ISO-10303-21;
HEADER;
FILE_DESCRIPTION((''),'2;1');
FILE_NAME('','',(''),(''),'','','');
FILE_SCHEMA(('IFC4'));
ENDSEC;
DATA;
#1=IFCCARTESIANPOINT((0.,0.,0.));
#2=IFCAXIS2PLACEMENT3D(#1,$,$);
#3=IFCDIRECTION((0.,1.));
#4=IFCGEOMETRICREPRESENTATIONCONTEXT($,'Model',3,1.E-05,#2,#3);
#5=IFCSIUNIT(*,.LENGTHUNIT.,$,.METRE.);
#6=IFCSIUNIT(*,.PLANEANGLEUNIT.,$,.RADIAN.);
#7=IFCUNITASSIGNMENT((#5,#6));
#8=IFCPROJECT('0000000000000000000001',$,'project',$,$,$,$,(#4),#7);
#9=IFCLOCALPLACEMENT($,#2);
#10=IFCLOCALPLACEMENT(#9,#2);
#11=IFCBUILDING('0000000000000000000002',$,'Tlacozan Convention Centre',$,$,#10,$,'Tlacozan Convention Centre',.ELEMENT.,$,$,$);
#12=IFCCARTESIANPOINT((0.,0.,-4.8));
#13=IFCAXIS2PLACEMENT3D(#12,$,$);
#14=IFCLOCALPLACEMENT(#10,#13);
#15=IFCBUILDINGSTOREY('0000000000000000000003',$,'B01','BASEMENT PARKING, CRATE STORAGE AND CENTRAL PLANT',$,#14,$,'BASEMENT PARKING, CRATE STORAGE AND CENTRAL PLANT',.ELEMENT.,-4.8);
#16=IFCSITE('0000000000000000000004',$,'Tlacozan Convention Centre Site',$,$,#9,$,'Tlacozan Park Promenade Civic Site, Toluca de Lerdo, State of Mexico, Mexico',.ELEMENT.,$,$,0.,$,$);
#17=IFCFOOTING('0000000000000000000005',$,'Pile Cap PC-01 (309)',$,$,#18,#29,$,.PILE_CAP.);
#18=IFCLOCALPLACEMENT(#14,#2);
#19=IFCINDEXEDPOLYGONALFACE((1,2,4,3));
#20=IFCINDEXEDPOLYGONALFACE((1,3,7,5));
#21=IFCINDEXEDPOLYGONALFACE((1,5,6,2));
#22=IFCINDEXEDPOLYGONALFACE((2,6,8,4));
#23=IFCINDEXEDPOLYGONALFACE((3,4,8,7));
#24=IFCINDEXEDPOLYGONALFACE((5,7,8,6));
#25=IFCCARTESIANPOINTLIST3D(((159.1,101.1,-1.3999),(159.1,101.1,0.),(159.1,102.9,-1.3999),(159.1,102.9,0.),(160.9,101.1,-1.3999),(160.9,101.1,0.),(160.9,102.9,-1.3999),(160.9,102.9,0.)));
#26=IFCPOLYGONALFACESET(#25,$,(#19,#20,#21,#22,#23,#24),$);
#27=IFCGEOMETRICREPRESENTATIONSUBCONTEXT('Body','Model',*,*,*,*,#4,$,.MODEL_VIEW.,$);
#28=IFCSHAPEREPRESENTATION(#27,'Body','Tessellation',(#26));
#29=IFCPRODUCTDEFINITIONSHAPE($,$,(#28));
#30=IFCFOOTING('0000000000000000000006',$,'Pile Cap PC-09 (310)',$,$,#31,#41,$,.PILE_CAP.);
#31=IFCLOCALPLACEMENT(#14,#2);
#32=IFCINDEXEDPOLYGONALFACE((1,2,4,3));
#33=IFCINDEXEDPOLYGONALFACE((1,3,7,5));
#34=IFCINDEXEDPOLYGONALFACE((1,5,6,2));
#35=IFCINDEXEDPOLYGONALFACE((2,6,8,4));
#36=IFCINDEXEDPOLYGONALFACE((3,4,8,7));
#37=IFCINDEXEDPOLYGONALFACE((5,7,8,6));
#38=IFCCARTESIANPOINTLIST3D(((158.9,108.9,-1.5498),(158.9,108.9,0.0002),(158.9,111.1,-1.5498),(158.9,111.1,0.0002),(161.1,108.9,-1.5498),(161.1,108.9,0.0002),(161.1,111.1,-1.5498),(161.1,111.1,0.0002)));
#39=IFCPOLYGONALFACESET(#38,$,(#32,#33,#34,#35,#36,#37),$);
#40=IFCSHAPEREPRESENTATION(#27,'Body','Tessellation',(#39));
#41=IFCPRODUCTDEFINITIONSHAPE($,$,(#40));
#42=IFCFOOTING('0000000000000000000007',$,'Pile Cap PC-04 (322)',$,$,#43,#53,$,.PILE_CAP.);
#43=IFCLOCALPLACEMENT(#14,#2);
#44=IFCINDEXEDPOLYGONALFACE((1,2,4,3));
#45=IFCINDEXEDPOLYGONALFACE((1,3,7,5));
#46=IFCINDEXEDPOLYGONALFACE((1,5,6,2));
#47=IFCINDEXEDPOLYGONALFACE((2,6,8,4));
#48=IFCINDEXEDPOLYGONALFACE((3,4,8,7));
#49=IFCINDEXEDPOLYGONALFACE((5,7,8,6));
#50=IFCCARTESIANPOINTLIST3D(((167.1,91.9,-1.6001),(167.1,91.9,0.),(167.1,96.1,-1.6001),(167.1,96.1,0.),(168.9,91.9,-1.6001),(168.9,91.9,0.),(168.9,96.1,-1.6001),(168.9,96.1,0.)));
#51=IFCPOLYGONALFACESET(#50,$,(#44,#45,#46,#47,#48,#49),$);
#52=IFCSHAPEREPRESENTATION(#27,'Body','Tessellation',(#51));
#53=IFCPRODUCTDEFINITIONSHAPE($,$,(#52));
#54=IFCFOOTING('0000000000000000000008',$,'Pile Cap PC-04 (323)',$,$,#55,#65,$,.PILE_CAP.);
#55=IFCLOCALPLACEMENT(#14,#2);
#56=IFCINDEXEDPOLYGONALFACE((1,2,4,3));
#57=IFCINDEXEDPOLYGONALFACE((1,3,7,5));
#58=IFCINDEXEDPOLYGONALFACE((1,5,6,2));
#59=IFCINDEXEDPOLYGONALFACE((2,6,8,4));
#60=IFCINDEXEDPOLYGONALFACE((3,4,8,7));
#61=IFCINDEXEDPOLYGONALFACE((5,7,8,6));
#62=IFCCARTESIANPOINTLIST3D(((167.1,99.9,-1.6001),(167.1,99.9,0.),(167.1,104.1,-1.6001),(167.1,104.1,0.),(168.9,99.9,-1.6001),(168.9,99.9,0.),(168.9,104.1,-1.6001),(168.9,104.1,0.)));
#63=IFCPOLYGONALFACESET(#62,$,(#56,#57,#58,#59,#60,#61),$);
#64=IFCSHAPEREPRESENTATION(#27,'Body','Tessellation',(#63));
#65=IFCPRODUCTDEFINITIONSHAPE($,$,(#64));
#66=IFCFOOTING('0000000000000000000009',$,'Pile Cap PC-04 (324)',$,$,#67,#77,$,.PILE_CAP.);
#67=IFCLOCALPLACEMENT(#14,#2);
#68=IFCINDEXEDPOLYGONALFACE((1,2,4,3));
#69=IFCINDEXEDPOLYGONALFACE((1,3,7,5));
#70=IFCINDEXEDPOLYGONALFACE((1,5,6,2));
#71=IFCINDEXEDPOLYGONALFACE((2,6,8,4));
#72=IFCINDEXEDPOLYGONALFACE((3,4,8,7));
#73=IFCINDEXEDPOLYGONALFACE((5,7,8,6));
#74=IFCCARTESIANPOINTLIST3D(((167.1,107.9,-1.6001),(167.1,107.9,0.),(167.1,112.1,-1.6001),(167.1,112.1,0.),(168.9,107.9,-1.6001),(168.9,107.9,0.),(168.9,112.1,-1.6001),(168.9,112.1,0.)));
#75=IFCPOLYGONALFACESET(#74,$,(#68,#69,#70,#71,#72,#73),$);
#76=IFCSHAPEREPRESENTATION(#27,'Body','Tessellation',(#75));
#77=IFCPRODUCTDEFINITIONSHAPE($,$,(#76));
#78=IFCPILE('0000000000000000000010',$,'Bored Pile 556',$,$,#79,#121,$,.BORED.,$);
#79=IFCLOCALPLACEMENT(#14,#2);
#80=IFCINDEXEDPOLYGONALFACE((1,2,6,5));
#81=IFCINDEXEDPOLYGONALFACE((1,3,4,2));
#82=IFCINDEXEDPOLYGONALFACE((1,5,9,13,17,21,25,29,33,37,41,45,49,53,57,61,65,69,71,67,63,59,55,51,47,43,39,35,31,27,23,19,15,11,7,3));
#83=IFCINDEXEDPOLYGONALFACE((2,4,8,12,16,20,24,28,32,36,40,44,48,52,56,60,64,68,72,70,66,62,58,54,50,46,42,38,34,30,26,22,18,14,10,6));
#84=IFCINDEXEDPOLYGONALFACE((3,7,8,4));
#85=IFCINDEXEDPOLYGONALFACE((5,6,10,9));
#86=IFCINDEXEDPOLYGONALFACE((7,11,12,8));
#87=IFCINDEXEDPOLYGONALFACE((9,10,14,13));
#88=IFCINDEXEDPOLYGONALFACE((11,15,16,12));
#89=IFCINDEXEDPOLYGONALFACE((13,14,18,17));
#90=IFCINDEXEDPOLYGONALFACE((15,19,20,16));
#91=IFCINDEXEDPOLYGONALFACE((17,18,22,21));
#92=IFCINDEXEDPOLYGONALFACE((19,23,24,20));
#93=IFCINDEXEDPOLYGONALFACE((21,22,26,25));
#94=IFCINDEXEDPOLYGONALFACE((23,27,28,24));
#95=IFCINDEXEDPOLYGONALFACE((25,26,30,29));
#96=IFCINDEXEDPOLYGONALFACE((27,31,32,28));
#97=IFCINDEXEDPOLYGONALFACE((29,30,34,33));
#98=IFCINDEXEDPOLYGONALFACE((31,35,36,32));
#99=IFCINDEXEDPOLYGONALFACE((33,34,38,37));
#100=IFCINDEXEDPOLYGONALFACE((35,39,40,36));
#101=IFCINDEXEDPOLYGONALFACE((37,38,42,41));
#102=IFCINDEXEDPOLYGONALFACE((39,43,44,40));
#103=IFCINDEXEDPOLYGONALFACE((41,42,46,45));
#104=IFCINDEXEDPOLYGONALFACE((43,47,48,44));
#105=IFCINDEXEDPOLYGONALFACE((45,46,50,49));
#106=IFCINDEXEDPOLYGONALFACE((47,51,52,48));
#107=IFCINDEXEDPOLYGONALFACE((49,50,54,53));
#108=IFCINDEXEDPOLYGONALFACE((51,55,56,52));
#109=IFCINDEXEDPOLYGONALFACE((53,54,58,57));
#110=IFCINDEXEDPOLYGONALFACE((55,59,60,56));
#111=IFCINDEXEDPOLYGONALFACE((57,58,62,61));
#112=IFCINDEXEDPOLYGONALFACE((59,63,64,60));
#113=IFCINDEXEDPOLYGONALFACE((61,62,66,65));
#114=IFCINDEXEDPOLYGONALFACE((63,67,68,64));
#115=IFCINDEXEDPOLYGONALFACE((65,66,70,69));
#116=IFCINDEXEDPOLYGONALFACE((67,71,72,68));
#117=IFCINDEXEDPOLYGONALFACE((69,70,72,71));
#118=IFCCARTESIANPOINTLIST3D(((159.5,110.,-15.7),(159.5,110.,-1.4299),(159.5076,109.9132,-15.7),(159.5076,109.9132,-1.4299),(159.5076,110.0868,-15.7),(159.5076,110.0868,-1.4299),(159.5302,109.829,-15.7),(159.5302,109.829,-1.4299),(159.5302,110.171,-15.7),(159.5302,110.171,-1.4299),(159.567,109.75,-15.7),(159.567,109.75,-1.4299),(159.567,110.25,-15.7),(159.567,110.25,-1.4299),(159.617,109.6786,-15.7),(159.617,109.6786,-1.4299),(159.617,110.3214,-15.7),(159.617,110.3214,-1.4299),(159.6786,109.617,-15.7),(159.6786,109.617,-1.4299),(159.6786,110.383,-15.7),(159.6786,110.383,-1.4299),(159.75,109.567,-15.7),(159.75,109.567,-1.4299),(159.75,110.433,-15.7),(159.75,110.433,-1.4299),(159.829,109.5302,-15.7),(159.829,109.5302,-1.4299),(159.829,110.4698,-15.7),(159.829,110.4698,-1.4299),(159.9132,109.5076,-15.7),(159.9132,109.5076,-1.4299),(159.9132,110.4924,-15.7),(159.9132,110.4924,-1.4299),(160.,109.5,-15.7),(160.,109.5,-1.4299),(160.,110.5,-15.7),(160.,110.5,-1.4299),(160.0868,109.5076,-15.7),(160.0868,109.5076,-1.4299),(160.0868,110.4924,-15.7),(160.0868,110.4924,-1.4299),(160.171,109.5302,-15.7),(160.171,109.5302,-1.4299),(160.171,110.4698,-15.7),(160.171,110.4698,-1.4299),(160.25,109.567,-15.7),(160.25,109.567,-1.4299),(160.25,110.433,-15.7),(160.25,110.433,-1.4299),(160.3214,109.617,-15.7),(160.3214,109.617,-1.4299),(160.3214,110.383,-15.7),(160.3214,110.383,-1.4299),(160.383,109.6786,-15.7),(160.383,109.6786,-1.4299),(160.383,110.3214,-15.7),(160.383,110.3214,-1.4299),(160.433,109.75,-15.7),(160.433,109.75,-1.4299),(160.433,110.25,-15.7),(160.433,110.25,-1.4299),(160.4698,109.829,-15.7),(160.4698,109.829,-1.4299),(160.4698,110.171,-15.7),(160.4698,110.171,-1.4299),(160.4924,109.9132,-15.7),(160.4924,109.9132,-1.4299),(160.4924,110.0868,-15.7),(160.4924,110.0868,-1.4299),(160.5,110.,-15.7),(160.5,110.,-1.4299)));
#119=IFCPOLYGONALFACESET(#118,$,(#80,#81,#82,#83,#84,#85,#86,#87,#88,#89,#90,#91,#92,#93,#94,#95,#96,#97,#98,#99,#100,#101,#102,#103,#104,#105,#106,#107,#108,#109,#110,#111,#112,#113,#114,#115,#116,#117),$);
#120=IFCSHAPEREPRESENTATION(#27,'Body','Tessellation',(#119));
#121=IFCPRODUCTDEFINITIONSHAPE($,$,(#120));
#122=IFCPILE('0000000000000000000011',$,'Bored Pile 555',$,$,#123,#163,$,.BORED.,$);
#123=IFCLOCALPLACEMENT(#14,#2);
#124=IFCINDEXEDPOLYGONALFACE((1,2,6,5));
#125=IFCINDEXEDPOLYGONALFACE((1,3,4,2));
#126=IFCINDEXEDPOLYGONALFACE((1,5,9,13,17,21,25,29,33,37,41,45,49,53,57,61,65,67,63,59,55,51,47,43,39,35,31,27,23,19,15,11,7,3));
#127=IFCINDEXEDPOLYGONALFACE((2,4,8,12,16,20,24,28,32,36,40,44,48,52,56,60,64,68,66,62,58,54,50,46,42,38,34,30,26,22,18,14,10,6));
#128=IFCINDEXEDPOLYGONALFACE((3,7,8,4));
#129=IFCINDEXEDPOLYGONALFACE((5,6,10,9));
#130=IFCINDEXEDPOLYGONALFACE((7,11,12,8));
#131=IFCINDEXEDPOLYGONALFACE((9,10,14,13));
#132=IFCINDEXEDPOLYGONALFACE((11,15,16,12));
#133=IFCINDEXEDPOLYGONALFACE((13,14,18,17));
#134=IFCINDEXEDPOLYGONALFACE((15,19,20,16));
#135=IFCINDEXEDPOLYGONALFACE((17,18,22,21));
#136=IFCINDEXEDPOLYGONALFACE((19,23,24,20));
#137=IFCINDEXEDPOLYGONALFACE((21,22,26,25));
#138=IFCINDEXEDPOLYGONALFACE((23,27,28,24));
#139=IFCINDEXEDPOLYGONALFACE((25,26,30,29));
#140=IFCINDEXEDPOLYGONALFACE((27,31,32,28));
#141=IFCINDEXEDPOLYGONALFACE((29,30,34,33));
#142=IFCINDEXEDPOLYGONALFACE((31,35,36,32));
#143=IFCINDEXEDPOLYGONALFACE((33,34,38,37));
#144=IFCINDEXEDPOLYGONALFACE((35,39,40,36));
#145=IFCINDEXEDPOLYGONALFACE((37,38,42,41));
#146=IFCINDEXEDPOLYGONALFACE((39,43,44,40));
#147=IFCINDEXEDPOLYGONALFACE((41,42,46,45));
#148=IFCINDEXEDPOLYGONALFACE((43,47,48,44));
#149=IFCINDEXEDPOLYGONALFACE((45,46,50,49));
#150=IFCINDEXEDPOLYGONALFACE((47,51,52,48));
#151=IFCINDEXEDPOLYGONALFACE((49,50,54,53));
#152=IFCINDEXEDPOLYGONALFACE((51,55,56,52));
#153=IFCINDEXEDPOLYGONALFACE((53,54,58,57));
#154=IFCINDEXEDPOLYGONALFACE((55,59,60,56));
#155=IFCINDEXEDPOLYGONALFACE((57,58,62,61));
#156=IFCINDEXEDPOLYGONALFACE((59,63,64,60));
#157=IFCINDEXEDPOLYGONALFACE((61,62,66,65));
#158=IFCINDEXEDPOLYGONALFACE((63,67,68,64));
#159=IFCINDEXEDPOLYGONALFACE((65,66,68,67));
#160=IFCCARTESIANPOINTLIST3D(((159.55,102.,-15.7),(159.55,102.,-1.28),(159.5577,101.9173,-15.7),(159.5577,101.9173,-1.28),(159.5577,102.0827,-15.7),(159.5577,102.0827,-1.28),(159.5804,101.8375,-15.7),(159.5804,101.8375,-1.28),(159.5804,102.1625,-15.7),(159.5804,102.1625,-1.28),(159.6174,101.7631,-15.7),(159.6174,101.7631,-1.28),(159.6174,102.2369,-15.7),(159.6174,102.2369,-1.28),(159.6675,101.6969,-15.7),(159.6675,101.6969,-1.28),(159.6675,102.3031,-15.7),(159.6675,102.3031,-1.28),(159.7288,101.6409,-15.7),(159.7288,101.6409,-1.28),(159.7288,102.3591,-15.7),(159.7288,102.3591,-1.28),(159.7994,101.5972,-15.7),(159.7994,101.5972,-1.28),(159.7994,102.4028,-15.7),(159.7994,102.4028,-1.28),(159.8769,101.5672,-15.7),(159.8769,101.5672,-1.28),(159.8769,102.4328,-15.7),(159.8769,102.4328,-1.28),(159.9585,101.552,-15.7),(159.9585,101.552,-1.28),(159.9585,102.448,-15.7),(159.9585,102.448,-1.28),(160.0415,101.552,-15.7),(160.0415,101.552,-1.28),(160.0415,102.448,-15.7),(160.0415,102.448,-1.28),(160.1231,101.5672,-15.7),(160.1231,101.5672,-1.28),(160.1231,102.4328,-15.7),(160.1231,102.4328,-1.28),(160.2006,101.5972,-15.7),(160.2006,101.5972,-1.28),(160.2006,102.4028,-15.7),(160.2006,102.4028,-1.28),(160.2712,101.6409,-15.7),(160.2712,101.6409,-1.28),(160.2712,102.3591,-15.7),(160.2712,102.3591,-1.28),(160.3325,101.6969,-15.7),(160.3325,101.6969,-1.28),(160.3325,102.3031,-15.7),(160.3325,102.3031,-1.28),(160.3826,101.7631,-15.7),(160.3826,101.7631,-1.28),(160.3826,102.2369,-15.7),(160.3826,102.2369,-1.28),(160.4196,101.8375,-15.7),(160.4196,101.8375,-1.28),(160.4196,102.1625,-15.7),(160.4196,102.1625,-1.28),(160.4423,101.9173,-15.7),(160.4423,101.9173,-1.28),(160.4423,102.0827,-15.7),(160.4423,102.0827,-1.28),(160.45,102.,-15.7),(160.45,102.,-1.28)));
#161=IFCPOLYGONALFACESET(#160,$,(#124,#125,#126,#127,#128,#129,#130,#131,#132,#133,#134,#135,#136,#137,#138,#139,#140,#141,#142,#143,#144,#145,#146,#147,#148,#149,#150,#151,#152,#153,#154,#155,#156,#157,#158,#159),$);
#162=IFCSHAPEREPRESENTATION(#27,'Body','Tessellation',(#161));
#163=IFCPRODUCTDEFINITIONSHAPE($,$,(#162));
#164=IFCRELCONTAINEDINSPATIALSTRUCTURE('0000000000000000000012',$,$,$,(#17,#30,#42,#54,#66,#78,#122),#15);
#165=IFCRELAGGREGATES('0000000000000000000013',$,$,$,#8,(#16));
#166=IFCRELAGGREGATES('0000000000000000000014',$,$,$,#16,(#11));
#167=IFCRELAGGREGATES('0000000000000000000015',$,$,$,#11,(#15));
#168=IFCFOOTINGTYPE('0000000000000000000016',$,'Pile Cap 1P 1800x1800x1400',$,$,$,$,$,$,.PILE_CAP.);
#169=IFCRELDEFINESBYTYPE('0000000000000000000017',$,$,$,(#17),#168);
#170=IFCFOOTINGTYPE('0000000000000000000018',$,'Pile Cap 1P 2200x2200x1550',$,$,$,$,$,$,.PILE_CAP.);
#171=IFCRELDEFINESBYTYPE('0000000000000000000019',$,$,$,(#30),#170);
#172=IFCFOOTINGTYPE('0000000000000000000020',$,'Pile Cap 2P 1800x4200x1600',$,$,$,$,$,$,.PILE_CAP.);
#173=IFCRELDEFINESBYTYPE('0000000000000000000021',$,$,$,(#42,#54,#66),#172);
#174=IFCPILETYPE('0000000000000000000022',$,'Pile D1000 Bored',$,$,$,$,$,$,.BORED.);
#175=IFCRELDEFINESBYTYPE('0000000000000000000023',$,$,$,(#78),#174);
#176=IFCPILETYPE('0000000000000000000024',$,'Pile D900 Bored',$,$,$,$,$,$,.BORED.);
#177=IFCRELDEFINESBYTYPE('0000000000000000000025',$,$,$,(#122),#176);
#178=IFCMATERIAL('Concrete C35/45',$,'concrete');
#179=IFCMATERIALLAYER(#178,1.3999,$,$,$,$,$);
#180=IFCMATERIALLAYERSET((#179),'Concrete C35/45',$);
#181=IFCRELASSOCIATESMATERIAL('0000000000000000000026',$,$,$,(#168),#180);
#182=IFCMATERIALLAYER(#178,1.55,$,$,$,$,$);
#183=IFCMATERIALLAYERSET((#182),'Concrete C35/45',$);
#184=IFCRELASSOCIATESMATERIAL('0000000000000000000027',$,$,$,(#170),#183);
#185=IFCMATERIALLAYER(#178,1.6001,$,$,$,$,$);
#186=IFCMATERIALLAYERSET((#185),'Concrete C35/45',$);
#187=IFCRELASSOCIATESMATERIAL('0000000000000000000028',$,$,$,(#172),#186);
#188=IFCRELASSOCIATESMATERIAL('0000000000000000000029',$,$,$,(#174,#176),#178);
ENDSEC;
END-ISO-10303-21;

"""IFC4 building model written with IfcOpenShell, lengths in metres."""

from ifc_helpers import new_model, si_unit, direction, frame, origin, origin_2d, place, context, subcontext, project, spatial, rectangle, circle, extrude, material, layer, layer_set, material_profile, profile_set, type_object, element, save


model = new_model("IFC4")

# Units and contexts
model_context = context("Model", 3, precision=1e-05, world=origin(), true_north=direction((0.0, 1.0)))
body_context = subcontext(model_context, "Body", "Model", "MODEL_VIEW")
ifc_project = project(units=[si_unit("LENGTHUNIT", "METRE"), si_unit("PLANEANGLEUNIT", "RADIAN")], contexts=[model_context])

# Site, building, storey
site_placement = place(None, origin())
site = spatial("IfcSite", under=ifc_project, at=site_placement, Name="Tlacozan Convention Centre Site", LongName="Tlacozan Park Promenade Civic Site, Toluca de Lerdo, State of Mexico, Mexico", CompositionType="ELEMENT", RefElevation=0.0)
building_placement = place(site_placement, origin())
building = spatial("IfcBuilding", under=site, at=building_placement, Name="Tlacozan Convention Centre", LongName="Tlacozan Convention Centre", CompositionType="ELEMENT")
storey_placement = place(building_placement, frame((0.0, 0.0, -4.8)))
storey = spatial("IfcBuildingStorey", under=building, at=storey_placement, Name="B01", Description="BASEMENT PARKING, CRATE STORAGE AND CENTRAL PLANT", LongName="BASEMENT PARKING, CRATE STORAGE AND CENTRAL PLANT", CompositionType="ELEMENT", Elevation=-4.8)

# Footings
ifc_material_1 = material(Name="Concrete C35/45", Category="concrete")
ifc_layer_1 = layer(ifc_material_1, 1.3999)
ifc_layer_set_1 = layer_set([ifc_layer_1], Name="Concrete C35/45")
footing_type_1 = type_object("IfcFootingType", Name="Pile Cap 1P 1800x1800x1400", PredefinedType="PILE_CAP", material=ifc_layer_set_1)
footing_1_placement = place(storey_placement, frame((160.0, 102.0, -1.3999), z_axis=(0.0, 0.0, 1.0), x_axis=(1.0, 0.0, 0.0)))
element("IfcFooting", 1, at=footing_1_placement, inside=storey, type_object=footing_type_1, Name="Pile Cap PC-01 (309)", PredefinedType="PILE_CAP", context=body_context, shape_type="SweptSolid", body=[
    extrude(rectangle(XDim=1.8, YDim=1.8, at=origin_2d()), origin(), (0.0, 0.0, 1.0), 1.3999),
])
ifc_layer_2 = layer(ifc_material_1, 1.55)
ifc_layer_set_2 = layer_set([ifc_layer_2], Name="Concrete C35/45")
footing_type_2 = type_object("IfcFootingType", Name="Pile Cap 1P 2200x2200x1550", PredefinedType="PILE_CAP", material=ifc_layer_set_2)
footing_2_placement = place(storey_placement, frame((160.0, 110.0, -1.5498), z_axis=(0.0, 0.0, 1.0), x_axis=(1.0, 0.0, 0.0)))
element("IfcFooting", 2, at=footing_2_placement, inside=storey, type_object=footing_type_2, Name="Pile Cap PC-09 (310)", PredefinedType="PILE_CAP", context=body_context, shape_type="SweptSolid", body=[
    extrude(rectangle(XDim=2.2, YDim=2.2, at=origin_2d()), origin(), (0.0, 0.0, 1.0), 1.55),
])
ifc_layer_3 = layer(ifc_material_1, 1.6001)
ifc_layer_set_3 = layer_set([ifc_layer_3], Name="Concrete C35/45")
footing_type_3 = type_object("IfcFootingType", Name="Pile Cap 2P 1800x4200x1600", PredefinedType="PILE_CAP", material=ifc_layer_set_3)
for number, where, z_axis, x_axis, name in (
    (3, (168.0, 94.0, -1.6001), (0.0, 0.0, 1.0), (1.0, 0.0, 0.0), "Pile Cap PC-04 (322)"),
    (4, (168.0, 102.0, -1.6001), (0.0, 0.0, 1.0), (1.0, 0.0, 0.0), "Pile Cap PC-04 (323)"),
    (5, (168.0, 110.0, -1.6001), (0.0, 0.0, 1.0), (1.0, 0.0, 0.0), "Pile Cap PC-04 (324)"),
):
    element("IfcFooting", number, at=place(storey_placement, frame(where, z_axis=z_axis, x_axis=x_axis)), inside=storey, type_object=footing_type_3, Name=name, PredefinedType="PILE_CAP", context=body_context, shape_type="SweptSolid", body=[
        extrude(rectangle(XDim=1.8, YDim=4.2, at=origin_2d()), origin(), (0.0, 0.0, 1.0), 1.6001),
    ])

# Piles
ifc_material_profile_1 = material_profile(ifc_material_1, circle(Radius=0.5, at=origin_2d()), Name="PILE D1000")
ifc_profile_set_1 = profile_set([ifc_material_profile_1], Name="Concrete C35/45")
pile_type_1 = type_object("IfcPileType", Name="Pile D1000 Bored", PredefinedType="BORED", material=ifc_profile_set_1)
pile_1_placement = place(storey_placement, frame((160.0, 110.0, -1.4299), z_axis=(0.0, 0.0, -1.0), x_axis=(1.0, 0.0, 0.0)))
element("IfcPile", 6, at=pile_1_placement, inside=storey, type_object=pile_type_1, Name="Bored Pile 556", PredefinedType="BORED", context=body_context, shape_type="SweptSolid", body=[
    extrude(circle(Radius=0.5, at=origin_2d()), origin(), (0.0, 0.0, 1.0), 14.27),
])
ifc_material_profile_2 = material_profile(ifc_material_1, circle(Radius=0.45, at=origin_2d()), Name="PILE D900")
ifc_profile_set_2 = profile_set([ifc_material_profile_2], Name="Concrete C35/45")
pile_type_2 = type_object("IfcPileType", Name="Pile D900 Bored", PredefinedType="BORED", material=ifc_profile_set_2)
pile_2_placement = place(storey_placement, frame((160.0, 102.0, -1.28), z_axis=(0.0, 0.0, -1.0), x_axis=(1.0, 0.0, 0.0)))
element("IfcPile", 7, at=pile_2_placement, inside=storey, type_object=pile_type_2, Name="Bored Pile 555", PredefinedType="BORED", context=body_context, shape_type="SweptSolid", body=[
    extrude(circle(Radius=0.45, at=origin_2d()), origin(), (0.0, 0.0, 1.0), 14.4199),
])

save(model, "model.ifc")
